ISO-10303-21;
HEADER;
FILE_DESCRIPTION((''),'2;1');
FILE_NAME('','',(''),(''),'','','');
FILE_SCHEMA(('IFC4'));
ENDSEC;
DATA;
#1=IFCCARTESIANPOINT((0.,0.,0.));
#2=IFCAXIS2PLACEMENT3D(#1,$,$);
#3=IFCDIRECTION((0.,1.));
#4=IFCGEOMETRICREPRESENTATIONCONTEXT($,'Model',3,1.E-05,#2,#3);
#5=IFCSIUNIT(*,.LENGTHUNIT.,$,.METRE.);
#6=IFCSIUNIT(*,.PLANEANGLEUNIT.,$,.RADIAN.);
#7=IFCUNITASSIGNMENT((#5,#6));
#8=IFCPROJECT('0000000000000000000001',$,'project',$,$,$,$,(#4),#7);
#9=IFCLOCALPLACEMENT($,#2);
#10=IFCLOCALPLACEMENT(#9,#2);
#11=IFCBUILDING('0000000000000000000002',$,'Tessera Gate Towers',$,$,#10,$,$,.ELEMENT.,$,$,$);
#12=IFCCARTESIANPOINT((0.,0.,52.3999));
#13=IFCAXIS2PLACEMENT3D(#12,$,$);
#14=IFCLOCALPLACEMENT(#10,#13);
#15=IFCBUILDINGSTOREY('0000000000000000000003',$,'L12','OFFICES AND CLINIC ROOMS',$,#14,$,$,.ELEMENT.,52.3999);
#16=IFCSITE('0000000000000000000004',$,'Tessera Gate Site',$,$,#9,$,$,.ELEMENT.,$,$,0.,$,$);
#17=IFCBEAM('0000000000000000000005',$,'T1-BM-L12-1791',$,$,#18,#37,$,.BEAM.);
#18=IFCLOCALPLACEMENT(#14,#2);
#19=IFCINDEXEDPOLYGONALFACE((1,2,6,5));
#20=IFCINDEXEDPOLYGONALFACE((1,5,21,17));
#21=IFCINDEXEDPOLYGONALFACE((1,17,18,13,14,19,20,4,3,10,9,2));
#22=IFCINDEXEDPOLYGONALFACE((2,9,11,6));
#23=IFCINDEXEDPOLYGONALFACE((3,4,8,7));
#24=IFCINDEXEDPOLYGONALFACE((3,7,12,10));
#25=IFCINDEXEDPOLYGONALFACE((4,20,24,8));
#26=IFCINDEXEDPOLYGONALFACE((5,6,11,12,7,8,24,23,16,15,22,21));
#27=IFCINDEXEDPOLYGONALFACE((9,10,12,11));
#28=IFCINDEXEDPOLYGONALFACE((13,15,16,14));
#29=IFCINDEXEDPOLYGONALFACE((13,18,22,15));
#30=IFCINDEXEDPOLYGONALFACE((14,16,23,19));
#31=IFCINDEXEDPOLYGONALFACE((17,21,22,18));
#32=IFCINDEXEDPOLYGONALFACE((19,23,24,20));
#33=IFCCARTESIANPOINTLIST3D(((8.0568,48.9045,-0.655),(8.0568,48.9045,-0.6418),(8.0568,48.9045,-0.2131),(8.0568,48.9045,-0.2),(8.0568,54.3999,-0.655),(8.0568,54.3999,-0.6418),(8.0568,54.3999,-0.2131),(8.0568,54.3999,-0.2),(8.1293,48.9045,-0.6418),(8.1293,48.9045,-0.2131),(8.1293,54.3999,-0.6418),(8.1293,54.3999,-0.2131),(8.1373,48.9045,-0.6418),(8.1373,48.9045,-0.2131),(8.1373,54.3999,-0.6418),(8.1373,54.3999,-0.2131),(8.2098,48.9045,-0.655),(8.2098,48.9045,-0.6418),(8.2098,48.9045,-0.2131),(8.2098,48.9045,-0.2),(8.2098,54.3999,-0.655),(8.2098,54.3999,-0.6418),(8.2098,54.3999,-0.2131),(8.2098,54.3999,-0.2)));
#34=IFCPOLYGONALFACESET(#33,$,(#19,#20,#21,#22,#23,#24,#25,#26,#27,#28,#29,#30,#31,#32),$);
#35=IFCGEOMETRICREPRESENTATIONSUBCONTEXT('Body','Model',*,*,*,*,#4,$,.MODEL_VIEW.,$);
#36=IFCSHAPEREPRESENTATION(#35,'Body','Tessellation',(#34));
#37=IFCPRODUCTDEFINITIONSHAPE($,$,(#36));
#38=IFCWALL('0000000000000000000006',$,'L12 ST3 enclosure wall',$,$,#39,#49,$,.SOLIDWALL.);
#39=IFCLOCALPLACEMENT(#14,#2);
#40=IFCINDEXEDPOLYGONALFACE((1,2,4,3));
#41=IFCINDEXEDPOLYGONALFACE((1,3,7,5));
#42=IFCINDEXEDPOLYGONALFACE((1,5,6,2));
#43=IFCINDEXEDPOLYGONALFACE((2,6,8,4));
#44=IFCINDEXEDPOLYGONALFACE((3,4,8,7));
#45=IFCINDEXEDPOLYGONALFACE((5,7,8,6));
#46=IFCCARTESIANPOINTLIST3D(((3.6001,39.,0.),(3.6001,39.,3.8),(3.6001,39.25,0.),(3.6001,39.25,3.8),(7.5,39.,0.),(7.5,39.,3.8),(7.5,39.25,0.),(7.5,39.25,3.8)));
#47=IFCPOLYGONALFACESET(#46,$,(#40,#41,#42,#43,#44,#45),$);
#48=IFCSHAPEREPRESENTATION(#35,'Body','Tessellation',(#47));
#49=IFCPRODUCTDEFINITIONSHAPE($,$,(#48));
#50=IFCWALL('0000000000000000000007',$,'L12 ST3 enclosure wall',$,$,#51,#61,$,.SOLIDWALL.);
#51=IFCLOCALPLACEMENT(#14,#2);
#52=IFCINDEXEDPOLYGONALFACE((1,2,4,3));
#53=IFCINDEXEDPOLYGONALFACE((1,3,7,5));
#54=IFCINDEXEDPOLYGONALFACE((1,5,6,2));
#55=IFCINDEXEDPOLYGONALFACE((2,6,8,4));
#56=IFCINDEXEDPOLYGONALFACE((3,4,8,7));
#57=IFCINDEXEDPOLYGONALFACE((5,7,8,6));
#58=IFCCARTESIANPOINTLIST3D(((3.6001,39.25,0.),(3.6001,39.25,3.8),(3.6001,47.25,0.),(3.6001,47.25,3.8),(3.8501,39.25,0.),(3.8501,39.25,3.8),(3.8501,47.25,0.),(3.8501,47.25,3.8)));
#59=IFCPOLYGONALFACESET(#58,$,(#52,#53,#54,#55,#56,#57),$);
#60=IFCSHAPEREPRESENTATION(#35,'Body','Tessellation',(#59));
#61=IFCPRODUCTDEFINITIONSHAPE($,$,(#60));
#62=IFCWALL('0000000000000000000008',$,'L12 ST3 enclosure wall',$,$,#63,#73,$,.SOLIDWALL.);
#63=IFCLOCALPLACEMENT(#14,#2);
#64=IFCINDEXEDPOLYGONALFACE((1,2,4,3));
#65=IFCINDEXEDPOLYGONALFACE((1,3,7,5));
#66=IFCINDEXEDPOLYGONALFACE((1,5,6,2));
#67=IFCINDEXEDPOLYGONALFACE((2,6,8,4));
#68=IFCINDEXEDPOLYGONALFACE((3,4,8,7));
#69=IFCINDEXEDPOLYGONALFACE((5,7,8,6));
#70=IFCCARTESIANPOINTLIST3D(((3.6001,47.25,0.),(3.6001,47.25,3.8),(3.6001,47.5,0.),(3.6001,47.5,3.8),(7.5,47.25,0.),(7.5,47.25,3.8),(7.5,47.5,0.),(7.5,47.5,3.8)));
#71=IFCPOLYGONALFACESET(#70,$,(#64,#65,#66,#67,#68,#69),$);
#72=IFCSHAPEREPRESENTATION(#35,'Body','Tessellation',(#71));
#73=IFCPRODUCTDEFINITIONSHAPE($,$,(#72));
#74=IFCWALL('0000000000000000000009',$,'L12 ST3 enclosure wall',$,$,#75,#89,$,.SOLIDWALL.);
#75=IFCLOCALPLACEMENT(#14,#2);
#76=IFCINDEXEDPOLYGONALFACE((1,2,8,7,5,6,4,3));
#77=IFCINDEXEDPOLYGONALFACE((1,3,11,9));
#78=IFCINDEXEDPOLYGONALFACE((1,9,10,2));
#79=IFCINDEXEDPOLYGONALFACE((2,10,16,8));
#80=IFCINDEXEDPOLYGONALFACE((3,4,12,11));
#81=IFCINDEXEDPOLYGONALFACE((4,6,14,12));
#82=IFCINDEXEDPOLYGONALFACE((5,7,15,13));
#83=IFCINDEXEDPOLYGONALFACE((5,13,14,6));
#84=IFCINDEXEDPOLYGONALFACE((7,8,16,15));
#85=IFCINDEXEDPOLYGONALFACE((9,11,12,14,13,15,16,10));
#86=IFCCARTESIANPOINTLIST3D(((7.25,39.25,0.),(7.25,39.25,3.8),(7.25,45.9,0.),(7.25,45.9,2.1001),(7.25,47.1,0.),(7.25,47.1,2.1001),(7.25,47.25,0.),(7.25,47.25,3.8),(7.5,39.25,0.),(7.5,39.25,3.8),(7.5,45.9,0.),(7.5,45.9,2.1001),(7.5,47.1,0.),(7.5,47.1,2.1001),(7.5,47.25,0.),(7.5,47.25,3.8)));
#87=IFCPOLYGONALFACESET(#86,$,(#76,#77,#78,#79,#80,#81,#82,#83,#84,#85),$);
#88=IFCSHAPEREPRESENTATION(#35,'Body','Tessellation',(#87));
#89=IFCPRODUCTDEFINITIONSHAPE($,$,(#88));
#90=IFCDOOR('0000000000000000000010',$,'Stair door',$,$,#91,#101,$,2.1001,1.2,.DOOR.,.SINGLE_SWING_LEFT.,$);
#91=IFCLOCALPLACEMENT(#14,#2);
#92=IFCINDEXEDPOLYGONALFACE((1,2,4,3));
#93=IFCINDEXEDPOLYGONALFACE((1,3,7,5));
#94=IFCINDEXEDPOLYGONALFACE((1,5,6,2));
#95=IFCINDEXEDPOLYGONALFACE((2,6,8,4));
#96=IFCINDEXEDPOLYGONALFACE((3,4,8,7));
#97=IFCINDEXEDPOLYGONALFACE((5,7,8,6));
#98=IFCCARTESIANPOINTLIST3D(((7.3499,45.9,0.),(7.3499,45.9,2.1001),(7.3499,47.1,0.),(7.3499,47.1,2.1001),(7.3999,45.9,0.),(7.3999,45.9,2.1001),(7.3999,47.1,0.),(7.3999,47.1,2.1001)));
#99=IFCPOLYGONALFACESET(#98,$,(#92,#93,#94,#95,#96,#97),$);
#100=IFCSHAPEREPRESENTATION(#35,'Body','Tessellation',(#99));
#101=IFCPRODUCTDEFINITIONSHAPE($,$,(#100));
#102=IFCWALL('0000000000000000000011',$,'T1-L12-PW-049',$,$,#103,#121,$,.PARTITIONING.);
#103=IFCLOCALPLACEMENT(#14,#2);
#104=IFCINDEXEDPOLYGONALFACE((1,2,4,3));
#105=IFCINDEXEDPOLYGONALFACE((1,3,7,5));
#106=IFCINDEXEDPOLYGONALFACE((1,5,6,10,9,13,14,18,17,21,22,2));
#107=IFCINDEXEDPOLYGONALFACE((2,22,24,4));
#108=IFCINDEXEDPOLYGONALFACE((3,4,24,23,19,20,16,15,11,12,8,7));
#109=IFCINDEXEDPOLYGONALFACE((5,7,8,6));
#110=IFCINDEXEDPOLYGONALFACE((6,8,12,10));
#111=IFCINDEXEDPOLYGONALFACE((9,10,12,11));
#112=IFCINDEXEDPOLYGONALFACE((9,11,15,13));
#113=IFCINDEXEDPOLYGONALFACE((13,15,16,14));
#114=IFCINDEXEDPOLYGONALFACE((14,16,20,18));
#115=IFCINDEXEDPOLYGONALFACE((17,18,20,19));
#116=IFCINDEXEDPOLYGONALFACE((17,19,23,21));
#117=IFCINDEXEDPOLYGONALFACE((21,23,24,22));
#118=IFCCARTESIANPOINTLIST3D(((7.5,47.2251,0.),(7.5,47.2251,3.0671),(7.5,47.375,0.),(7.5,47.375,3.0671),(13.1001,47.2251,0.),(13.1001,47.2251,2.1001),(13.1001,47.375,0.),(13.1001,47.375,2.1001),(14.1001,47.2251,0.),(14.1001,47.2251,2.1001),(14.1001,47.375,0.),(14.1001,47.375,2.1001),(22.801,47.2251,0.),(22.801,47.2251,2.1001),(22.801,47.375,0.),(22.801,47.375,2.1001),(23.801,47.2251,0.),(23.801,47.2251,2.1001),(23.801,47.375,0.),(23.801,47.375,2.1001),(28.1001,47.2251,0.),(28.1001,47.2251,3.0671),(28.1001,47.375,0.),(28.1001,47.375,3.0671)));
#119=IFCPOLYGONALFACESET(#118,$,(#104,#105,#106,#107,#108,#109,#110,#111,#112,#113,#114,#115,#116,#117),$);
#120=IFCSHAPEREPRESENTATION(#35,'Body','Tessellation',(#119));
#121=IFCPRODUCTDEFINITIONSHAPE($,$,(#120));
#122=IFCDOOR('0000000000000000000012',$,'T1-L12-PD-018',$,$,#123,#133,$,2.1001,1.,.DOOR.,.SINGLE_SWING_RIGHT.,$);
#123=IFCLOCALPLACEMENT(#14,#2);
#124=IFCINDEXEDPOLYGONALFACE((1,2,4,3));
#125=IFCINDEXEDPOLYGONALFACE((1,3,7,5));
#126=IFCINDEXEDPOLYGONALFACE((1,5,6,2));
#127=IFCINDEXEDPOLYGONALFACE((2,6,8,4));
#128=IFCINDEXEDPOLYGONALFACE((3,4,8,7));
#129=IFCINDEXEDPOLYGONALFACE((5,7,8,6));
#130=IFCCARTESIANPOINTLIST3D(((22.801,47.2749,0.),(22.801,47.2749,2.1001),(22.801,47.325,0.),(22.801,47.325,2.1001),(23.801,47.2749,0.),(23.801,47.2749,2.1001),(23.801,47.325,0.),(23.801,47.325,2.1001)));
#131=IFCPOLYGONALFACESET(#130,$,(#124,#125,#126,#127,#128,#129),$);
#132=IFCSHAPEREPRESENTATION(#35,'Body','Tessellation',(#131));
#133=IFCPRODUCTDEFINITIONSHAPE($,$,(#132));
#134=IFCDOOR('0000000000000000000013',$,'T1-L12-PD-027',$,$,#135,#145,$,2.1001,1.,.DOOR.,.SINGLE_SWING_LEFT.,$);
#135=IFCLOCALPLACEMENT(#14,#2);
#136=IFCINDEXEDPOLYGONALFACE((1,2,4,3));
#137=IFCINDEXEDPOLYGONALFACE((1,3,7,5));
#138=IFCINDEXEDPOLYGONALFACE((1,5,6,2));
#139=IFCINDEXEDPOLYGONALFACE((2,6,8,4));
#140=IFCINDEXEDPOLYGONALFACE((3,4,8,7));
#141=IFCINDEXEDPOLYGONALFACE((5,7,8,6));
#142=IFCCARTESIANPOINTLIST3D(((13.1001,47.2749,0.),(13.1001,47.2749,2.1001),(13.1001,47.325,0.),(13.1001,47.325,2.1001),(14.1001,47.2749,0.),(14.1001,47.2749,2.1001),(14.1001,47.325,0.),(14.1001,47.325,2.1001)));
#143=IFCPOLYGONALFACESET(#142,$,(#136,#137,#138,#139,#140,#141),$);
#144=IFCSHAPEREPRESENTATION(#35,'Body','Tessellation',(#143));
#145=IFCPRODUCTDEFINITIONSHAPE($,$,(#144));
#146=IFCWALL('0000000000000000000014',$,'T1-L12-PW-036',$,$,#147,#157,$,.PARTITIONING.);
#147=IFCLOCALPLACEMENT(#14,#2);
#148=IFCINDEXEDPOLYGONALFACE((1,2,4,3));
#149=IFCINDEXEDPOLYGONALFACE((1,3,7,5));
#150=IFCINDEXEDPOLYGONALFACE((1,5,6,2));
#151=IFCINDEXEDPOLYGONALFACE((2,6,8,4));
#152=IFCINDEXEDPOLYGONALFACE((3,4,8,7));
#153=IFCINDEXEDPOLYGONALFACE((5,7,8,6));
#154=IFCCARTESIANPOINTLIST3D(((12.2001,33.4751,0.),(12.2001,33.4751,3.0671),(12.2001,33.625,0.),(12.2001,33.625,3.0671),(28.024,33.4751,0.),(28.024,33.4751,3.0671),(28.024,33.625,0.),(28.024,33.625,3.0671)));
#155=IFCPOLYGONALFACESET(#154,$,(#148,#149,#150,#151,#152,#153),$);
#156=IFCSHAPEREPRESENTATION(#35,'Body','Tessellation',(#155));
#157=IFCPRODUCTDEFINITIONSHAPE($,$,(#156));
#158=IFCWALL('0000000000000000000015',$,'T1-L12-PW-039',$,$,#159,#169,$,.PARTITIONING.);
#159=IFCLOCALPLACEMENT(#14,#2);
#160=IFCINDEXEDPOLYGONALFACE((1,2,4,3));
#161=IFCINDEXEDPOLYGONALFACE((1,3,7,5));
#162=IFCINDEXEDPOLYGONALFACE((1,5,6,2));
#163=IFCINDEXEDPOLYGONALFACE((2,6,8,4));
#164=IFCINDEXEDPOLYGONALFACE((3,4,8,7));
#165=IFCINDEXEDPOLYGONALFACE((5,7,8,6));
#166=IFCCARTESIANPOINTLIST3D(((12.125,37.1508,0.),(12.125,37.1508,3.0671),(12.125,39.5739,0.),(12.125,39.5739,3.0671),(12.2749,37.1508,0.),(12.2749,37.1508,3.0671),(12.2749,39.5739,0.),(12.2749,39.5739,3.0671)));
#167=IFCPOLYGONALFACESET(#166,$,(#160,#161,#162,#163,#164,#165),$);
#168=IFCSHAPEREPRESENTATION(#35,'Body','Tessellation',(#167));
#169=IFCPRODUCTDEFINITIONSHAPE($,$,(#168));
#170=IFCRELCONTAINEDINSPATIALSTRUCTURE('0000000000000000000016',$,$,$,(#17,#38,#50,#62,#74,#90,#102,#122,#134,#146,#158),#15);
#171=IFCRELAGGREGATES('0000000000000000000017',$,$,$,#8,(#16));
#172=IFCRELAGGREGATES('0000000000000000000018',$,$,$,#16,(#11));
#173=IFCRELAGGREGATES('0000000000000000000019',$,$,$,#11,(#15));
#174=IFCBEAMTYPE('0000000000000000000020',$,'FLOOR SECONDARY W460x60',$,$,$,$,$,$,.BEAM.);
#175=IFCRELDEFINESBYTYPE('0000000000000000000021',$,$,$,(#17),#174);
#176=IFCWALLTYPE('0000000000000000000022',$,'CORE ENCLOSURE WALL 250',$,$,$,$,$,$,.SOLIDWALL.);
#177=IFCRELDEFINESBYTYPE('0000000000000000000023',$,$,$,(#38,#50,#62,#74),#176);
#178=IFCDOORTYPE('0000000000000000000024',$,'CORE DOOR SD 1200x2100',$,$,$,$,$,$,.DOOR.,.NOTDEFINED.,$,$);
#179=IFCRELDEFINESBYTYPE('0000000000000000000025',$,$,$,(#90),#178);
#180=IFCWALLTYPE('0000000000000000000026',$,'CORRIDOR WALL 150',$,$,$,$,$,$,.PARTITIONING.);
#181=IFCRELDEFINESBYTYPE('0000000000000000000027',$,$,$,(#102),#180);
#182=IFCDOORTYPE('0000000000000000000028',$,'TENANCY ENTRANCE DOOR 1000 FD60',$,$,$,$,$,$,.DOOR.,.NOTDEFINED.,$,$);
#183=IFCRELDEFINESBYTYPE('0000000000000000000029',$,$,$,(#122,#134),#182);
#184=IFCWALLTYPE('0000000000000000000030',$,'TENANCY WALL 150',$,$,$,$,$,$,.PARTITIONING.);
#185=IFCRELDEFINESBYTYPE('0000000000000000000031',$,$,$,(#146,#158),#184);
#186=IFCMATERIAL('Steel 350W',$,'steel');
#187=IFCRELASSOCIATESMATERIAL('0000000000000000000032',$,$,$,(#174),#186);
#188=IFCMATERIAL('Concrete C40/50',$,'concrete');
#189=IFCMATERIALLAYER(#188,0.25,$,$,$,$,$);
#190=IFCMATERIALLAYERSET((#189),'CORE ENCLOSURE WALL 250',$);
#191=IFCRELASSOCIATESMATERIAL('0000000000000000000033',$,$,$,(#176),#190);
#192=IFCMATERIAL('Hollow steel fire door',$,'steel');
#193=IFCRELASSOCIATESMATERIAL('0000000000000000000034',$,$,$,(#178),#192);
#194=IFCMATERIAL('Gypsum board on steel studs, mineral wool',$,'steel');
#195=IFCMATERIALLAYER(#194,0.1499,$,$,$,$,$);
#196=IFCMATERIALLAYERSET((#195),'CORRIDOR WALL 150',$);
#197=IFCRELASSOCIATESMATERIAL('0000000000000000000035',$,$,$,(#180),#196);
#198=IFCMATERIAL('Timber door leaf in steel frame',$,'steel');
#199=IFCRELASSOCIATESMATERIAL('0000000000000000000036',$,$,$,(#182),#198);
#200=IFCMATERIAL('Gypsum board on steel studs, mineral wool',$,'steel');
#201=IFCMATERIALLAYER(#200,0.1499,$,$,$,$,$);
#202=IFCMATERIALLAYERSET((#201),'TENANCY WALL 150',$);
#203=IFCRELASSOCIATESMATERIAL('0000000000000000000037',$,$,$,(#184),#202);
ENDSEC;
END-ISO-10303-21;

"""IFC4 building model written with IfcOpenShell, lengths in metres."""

from ifc_helpers import new_model, si_unit, direction, frame, frame_2d, origin, origin_2d, place, context, subcontext, project, spatial, rectangle, i_section, extrude, source, transform, mapped, material, layer, layer_set, material_profile, profile_set, type_object, element, fill, save


model = new_model("IFC4")

# Units and contexts
model_context = context("Model", 3, precision=1e-05, world=origin(), true_north=direction((0.0, 1.0)))
body_context = subcontext(model_context, "Body", "Model", "MODEL_VIEW")
ifc_project = project(units=[si_unit("LENGTHUNIT", "METRE"), si_unit("PLANEANGLEUNIT", "RADIAN")], contexts=[model_context])

# Site, building, storey
site_placement = place(None, origin())
site = spatial("IfcSite", under=ifc_project, at=site_placement, Name="Tessera Gate Site", CompositionType="ELEMENT", RefElevation=0.0)
building_placement = place(site_placement, origin())
building = spatial("IfcBuilding", under=site, at=building_placement, Name="Tessera Gate Towers", CompositionType="ELEMENT")
storey_placement = place(building_placement, frame((0.0, 0.0, 52.3999)))
storey = spatial("IfcBuildingStorey", under=building, at=storey_placement, Name="L12", Description="OFFICES AND CLINIC ROOMS", CompositionType="ELEMENT", Elevation=52.3999)

# Beam
ifc_material_1 = material(Name="Steel 350W", Category="steel")
ifc_material_profile_1 = material_profile(ifc_material_1, i_section(OverallWidth=0.1531, OverallDepth=0.4551, WebThickness=0.0081, FlangeThickness=0.0132, at=origin_2d()), Name="W460x60")
ifc_profile_set_1 = profile_set([ifc_material_profile_1], Name="Steel 350W")
beam_type_1 = type_object("IfcBeamType", Name="FLOOR SECONDARY W460x60", PredefinedType="BEAM", material=ifc_profile_set_1)
beam_1_placement = place(storey_placement, frame((8.1333, 48.9045, -0.4275), z_axis=(0.0, 1.0, 0.0), x_axis=(-1.0, 0.0, 0.0)))
element("IfcBeam", 1, at=beam_1_placement, inside=storey, type_object=beam_type_1, Name="T1-BM-L12-1791", PredefinedType="BEAM", context=body_context, shape_type="SweptSolid", body=[
    extrude(i_section(OverallWidth=0.1531, OverallDepth=0.4551, WebThickness=0.0081, FlangeThickness=0.0132, at=origin_2d()), origin(), (0.0, 0.0, 1.0), 5.4954),
])

# Walls
ifc_material_2 = material(Name="Concrete C40/50", Category="concrete")
ifc_layer_1 = layer(ifc_material_2, 0.25)
ifc_layer_set_1 = layer_set([ifc_layer_1], Name="CORE ENCLOSURE WALL 250")
wall_type_1 = type_object("IfcWallType", Name="CORE ENCLOSURE WALL 250", PredefinedType="SOLIDWALL", material=ifc_layer_set_1)
wall_1_placement = place(storey_placement, frame((7.5, 39.125, 0.0), z_axis=(0.0, 0.0, 1.0), x_axis=(-1.0, 0.0, 0.0)))
element("IfcWall", 2, at=wall_1_placement, inside=storey, type_object=wall_type_1, Name="L12 ST3 enclosure wall", PredefinedType="SOLIDWALL", context=body_context, shape_type="SweptSolid", body=[
    extrude(rectangle(XDim=3.8999, YDim=0.25, at=frame_2d((1.95, 0.0))), origin(), (0.0, 0.0, 1.0), 3.8),
])
wall_2_placement = place(storey_placement, frame((3.7251, 39.25, 0.0), z_axis=(0.0, 0.0, 1.0), x_axis=(0.0, 1.0, 0.0)))
element("IfcWall", 3, at=wall_2_placement, inside=storey, type_object=wall_type_1, Name="L12 ST3 enclosure wall", PredefinedType="SOLIDWALL", context=body_context, shape_type="SweptSolid", body=[
    extrude(rectangle(XDim=8.0, YDim=0.25, at=frame_2d((4.0, 0.0))), origin(), (0.0, 0.0, 1.0), 3.8),
])
wall_3_placement = place(storey_placement, frame((3.6001, 47.375, 0.0), z_axis=(0.0, 0.0, 1.0), x_axis=(1.0, 0.0, 0.0)))
element("IfcWall", 4, at=wall_3_placement, inside=storey, type_object=wall_type_1, Name="L12 ST3 enclosure wall", PredefinedType="SOLIDWALL", context=body_context, shape_type="SweptSolid", body=[
    extrude(rectangle(XDim=3.8999, YDim=0.25, at=frame_2d((1.95, 0.0))), origin(), (0.0, 0.0, 1.0), 3.8),
])

# Wall, opening, door
wall_4_placement = place(storey_placement, frame((7.375, 47.25, 0.0), z_axis=(0.0, 0.0, 1.0), x_axis=(0.0, -1.0, 0.0)))
wall_4 = element("IfcWall", 5, at=wall_4_placement, inside=storey, type_object=wall_type_1, Name="L12 ST3 enclosure wall", PredefinedType="SOLIDWALL", context=body_context, shape_type="SweptSolid", body=[
    extrude(rectangle(XDim=8.0, YDim=0.25, at=frame_2d((4.0, 0.0))), origin(), (0.0, 0.0, 1.0), 3.8),
])
shared_shape_1 = source(origin(), body_context, "Body", "SweptSolid", [
    extrude(rectangle(XDim=1.2, YDim=2.1001, at=frame_2d((0.6001, 1.05))), frame((0.0, 0.135, 0.0), z_axis=(0.0, -1.0, 0.0), x_axis=(1.0, 0.0, 0.0)), (0.0, 0.0, 1.0), 0.27),
])
opening_1_placement = place(wall_4_placement, frame((0.1499, 0.0, 0.0)))
opening_1 = element("IfcOpeningElement", 6, at=opening_1_placement, cuts=wall_4, PredefinedType="OPENING", context=body_context, shape_type="MappedRepresentation", body=[
    mapped(shared_shape_1, transform((0.0, 0.0, 0.0), scale=1.0)),
])
ifc_material_3 = material(Name="Hollow steel fire door", Category="steel")
door_type_1 = type_object("IfcDoorType", Name="CORE DOOR SD 1200x2100", OperationType="NOTDEFINED", PredefinedType="DOOR", material=ifc_material_3)
shared_shape_2 = source(origin(), body_context, "Body", "SweptSolid", [
    extrude(rectangle(XDim=1.2, YDim=2.1001, at=frame_2d((0.6001, 1.05))), frame((0.0, 0.0249, 0.0), z_axis=(0.0, -1.0, 0.0), x_axis=(1.0, 0.0, 0.0)), (0.0, 0.0, 1.0), 0.05),
])
door_1_placement = place(opening_1_placement, origin())
door_1 = element("IfcDoor", 7, at=door_1_placement, inside=storey, type_object=door_type_1, Name="Stair door", OperationType="SINGLE_SWING_LEFT", OverallHeight=2.1001, OverallWidth=1.2, PredefinedType="DOOR", context=body_context, shape_type="MappedRepresentation", body=[
    mapped(shared_shape_2, transform((0.0, 0.0, 0.0), scale=1.0)),
])
fill(opening_1, door_1)

# Wall, openings, doors
ifc_material_4 = material(Name="Gypsum board on steel studs, mineral wool", Category="steel")
ifc_layer_2 = layer(ifc_material_4, 0.1499)
ifc_layer_set_2 = layer_set([ifc_layer_2], Name="CORRIDOR WALL 150")
wall_type_2 = type_object("IfcWallType", Name="CORRIDOR WALL 150", PredefinedType="PARTITIONING", material=ifc_layer_set_2)
wall_5_placement = place(storey_placement, frame((7.5, 47.3, 0.0), z_axis=(0.0, 0.0, 1.0), x_axis=(1.0, 0.0, 0.0)))
wall_5 = element("IfcWall", 8, at=wall_5_placement, inside=storey, type_object=wall_type_2, Name="T1-L12-PW-049", PredefinedType="PARTITIONING", context=body_context, shape_type="SweptSolid", body=[
    extrude(rectangle(XDim=20.6001, YDim=0.1499, at=frame_2d((10.3, 0.0))), origin(), (0.0, 0.0, 1.0), 3.0671),
])
shared_shape_3 = source(origin(), body_context, "Body", "SweptSolid", [
    extrude(rectangle(XDim=1.0, YDim=2.1001, at=frame_2d((0.5, 1.05))), frame((0.0, 0.085, 0.0), z_axis=(0.0, -1.0, 0.0), x_axis=(1.0, 0.0, 0.0)), (0.0, 0.0, 1.0), 0.1699),
])
opening_2_placement = place(wall_5_placement, frame((15.301, 0.0, 0.0)))
opening_2 = element("IfcOpeningElement", 9, at=opening_2_placement, cuts=wall_5, PredefinedType="OPENING", context=body_context, shape_type="MappedRepresentation", body=[
    mapped(shared_shape_3, transform((0.0, 0.0, 0.0), scale=1.0)),
])
opening_3_placement = place(wall_5_placement, frame((5.6001, 0.0, 0.0)))
opening_3 = element("IfcOpeningElement", 10, at=opening_3_placement, cuts=wall_5, PredefinedType="OPENING", context=body_context, shape_type="MappedRepresentation", body=[
    mapped(shared_shape_3, transform((0.0, 0.0, 0.0), scale=1.0)),
])
ifc_material_5 = material(Name="Timber door leaf in steel frame", Category="steel")
door_type_2 = type_object("IfcDoorType", Name="TENANCY ENTRANCE DOOR 1000 FD60", OperationType="NOTDEFINED", PredefinedType="DOOR", material=ifc_material_5)
shared_shape_4 = source(origin(), body_context, "Body", "SweptSolid", [
    extrude(rectangle(XDim=1.0, YDim=2.1001, at=frame_2d((0.5, 1.05))), frame((0.0, 0.0249, 0.0), z_axis=(0.0, -1.0, 0.0), x_axis=(1.0, 0.0, 0.0)), (0.0, 0.0, 1.0), 0.05),
])
door_2_placement = place(opening_2_placement, origin())
door_2 = element("IfcDoor", 11, at=door_2_placement, inside=storey, type_object=door_type_2, Name="T1-L12-PD-018", OperationType="SINGLE_SWING_RIGHT", OverallHeight=2.1001, OverallWidth=1.0, PredefinedType="DOOR", context=body_context, shape_type="MappedRepresentation", body=[
    mapped(shared_shape_4, transform((0.0, 0.0, 0.0), scale=1.0)),
])
fill(opening_2, door_2)
door_3_placement = place(opening_3_placement, origin())
door_3 = element("IfcDoor", 12, at=door_3_placement, inside=storey, type_object=door_type_2, Name="T1-L12-PD-027", OperationType="SINGLE_SWING_LEFT", OverallHeight=2.1001, OverallWidth=1.0, PredefinedType="DOOR", context=body_context, shape_type="MappedRepresentation", body=[
    mapped(shared_shape_4, transform((0.0, 0.0, 0.0), scale=1.0)),
])
fill(opening_3, door_3)

# Walls
ifc_material_6 = material(Name="Gypsum board on steel studs, mineral wool", Category="steel")
ifc_layer_3 = layer(ifc_material_6, 0.1499)
ifc_layer_set_3 = layer_set([ifc_layer_3], Name="TENANCY WALL 150")
wall_type_3 = type_object("IfcWallType", Name="TENANCY WALL 150", PredefinedType="PARTITIONING", material=ifc_layer_set_3)
wall_6_placement = place(storey_placement, frame((12.2, 33.55, 0.0), z_axis=(0.0, 0.0, 1.0), x_axis=(1.0, 0.0, 0.0)))
element("IfcWall", 13, at=wall_6_placement, inside=storey, type_object=wall_type_3, Name="T1-L12-PW-036", PredefinedType="PARTITIONING", context=body_context, shape_type="SweptSolid", body=[
    extrude(rectangle(XDim=15.824, YDim=0.1499, at=frame_2d((7.9121, 0.0))), origin(), (0.0, 0.0, 1.0), 3.0671),
])
wall_7_placement = place(storey_placement, frame((12.2, 37.1509, 0.0), z_axis=(0.0, 0.0, 1.0), x_axis=(0.0, 1.0, 0.0)))
element("IfcWall", 14, at=wall_7_placement, inside=storey, type_object=wall_type_3, Name="T1-L12-PW-039", PredefinedType="PARTITIONING", context=body_context, shape_type="SweptSolid", body=[
    extrude(rectangle(XDim=2.4231, YDim=0.1499, at=frame_2d((1.2114, 0.0))), origin(), (0.0, 0.0, 1.0), 3.0671),
])

save(model, "model.ifc")
